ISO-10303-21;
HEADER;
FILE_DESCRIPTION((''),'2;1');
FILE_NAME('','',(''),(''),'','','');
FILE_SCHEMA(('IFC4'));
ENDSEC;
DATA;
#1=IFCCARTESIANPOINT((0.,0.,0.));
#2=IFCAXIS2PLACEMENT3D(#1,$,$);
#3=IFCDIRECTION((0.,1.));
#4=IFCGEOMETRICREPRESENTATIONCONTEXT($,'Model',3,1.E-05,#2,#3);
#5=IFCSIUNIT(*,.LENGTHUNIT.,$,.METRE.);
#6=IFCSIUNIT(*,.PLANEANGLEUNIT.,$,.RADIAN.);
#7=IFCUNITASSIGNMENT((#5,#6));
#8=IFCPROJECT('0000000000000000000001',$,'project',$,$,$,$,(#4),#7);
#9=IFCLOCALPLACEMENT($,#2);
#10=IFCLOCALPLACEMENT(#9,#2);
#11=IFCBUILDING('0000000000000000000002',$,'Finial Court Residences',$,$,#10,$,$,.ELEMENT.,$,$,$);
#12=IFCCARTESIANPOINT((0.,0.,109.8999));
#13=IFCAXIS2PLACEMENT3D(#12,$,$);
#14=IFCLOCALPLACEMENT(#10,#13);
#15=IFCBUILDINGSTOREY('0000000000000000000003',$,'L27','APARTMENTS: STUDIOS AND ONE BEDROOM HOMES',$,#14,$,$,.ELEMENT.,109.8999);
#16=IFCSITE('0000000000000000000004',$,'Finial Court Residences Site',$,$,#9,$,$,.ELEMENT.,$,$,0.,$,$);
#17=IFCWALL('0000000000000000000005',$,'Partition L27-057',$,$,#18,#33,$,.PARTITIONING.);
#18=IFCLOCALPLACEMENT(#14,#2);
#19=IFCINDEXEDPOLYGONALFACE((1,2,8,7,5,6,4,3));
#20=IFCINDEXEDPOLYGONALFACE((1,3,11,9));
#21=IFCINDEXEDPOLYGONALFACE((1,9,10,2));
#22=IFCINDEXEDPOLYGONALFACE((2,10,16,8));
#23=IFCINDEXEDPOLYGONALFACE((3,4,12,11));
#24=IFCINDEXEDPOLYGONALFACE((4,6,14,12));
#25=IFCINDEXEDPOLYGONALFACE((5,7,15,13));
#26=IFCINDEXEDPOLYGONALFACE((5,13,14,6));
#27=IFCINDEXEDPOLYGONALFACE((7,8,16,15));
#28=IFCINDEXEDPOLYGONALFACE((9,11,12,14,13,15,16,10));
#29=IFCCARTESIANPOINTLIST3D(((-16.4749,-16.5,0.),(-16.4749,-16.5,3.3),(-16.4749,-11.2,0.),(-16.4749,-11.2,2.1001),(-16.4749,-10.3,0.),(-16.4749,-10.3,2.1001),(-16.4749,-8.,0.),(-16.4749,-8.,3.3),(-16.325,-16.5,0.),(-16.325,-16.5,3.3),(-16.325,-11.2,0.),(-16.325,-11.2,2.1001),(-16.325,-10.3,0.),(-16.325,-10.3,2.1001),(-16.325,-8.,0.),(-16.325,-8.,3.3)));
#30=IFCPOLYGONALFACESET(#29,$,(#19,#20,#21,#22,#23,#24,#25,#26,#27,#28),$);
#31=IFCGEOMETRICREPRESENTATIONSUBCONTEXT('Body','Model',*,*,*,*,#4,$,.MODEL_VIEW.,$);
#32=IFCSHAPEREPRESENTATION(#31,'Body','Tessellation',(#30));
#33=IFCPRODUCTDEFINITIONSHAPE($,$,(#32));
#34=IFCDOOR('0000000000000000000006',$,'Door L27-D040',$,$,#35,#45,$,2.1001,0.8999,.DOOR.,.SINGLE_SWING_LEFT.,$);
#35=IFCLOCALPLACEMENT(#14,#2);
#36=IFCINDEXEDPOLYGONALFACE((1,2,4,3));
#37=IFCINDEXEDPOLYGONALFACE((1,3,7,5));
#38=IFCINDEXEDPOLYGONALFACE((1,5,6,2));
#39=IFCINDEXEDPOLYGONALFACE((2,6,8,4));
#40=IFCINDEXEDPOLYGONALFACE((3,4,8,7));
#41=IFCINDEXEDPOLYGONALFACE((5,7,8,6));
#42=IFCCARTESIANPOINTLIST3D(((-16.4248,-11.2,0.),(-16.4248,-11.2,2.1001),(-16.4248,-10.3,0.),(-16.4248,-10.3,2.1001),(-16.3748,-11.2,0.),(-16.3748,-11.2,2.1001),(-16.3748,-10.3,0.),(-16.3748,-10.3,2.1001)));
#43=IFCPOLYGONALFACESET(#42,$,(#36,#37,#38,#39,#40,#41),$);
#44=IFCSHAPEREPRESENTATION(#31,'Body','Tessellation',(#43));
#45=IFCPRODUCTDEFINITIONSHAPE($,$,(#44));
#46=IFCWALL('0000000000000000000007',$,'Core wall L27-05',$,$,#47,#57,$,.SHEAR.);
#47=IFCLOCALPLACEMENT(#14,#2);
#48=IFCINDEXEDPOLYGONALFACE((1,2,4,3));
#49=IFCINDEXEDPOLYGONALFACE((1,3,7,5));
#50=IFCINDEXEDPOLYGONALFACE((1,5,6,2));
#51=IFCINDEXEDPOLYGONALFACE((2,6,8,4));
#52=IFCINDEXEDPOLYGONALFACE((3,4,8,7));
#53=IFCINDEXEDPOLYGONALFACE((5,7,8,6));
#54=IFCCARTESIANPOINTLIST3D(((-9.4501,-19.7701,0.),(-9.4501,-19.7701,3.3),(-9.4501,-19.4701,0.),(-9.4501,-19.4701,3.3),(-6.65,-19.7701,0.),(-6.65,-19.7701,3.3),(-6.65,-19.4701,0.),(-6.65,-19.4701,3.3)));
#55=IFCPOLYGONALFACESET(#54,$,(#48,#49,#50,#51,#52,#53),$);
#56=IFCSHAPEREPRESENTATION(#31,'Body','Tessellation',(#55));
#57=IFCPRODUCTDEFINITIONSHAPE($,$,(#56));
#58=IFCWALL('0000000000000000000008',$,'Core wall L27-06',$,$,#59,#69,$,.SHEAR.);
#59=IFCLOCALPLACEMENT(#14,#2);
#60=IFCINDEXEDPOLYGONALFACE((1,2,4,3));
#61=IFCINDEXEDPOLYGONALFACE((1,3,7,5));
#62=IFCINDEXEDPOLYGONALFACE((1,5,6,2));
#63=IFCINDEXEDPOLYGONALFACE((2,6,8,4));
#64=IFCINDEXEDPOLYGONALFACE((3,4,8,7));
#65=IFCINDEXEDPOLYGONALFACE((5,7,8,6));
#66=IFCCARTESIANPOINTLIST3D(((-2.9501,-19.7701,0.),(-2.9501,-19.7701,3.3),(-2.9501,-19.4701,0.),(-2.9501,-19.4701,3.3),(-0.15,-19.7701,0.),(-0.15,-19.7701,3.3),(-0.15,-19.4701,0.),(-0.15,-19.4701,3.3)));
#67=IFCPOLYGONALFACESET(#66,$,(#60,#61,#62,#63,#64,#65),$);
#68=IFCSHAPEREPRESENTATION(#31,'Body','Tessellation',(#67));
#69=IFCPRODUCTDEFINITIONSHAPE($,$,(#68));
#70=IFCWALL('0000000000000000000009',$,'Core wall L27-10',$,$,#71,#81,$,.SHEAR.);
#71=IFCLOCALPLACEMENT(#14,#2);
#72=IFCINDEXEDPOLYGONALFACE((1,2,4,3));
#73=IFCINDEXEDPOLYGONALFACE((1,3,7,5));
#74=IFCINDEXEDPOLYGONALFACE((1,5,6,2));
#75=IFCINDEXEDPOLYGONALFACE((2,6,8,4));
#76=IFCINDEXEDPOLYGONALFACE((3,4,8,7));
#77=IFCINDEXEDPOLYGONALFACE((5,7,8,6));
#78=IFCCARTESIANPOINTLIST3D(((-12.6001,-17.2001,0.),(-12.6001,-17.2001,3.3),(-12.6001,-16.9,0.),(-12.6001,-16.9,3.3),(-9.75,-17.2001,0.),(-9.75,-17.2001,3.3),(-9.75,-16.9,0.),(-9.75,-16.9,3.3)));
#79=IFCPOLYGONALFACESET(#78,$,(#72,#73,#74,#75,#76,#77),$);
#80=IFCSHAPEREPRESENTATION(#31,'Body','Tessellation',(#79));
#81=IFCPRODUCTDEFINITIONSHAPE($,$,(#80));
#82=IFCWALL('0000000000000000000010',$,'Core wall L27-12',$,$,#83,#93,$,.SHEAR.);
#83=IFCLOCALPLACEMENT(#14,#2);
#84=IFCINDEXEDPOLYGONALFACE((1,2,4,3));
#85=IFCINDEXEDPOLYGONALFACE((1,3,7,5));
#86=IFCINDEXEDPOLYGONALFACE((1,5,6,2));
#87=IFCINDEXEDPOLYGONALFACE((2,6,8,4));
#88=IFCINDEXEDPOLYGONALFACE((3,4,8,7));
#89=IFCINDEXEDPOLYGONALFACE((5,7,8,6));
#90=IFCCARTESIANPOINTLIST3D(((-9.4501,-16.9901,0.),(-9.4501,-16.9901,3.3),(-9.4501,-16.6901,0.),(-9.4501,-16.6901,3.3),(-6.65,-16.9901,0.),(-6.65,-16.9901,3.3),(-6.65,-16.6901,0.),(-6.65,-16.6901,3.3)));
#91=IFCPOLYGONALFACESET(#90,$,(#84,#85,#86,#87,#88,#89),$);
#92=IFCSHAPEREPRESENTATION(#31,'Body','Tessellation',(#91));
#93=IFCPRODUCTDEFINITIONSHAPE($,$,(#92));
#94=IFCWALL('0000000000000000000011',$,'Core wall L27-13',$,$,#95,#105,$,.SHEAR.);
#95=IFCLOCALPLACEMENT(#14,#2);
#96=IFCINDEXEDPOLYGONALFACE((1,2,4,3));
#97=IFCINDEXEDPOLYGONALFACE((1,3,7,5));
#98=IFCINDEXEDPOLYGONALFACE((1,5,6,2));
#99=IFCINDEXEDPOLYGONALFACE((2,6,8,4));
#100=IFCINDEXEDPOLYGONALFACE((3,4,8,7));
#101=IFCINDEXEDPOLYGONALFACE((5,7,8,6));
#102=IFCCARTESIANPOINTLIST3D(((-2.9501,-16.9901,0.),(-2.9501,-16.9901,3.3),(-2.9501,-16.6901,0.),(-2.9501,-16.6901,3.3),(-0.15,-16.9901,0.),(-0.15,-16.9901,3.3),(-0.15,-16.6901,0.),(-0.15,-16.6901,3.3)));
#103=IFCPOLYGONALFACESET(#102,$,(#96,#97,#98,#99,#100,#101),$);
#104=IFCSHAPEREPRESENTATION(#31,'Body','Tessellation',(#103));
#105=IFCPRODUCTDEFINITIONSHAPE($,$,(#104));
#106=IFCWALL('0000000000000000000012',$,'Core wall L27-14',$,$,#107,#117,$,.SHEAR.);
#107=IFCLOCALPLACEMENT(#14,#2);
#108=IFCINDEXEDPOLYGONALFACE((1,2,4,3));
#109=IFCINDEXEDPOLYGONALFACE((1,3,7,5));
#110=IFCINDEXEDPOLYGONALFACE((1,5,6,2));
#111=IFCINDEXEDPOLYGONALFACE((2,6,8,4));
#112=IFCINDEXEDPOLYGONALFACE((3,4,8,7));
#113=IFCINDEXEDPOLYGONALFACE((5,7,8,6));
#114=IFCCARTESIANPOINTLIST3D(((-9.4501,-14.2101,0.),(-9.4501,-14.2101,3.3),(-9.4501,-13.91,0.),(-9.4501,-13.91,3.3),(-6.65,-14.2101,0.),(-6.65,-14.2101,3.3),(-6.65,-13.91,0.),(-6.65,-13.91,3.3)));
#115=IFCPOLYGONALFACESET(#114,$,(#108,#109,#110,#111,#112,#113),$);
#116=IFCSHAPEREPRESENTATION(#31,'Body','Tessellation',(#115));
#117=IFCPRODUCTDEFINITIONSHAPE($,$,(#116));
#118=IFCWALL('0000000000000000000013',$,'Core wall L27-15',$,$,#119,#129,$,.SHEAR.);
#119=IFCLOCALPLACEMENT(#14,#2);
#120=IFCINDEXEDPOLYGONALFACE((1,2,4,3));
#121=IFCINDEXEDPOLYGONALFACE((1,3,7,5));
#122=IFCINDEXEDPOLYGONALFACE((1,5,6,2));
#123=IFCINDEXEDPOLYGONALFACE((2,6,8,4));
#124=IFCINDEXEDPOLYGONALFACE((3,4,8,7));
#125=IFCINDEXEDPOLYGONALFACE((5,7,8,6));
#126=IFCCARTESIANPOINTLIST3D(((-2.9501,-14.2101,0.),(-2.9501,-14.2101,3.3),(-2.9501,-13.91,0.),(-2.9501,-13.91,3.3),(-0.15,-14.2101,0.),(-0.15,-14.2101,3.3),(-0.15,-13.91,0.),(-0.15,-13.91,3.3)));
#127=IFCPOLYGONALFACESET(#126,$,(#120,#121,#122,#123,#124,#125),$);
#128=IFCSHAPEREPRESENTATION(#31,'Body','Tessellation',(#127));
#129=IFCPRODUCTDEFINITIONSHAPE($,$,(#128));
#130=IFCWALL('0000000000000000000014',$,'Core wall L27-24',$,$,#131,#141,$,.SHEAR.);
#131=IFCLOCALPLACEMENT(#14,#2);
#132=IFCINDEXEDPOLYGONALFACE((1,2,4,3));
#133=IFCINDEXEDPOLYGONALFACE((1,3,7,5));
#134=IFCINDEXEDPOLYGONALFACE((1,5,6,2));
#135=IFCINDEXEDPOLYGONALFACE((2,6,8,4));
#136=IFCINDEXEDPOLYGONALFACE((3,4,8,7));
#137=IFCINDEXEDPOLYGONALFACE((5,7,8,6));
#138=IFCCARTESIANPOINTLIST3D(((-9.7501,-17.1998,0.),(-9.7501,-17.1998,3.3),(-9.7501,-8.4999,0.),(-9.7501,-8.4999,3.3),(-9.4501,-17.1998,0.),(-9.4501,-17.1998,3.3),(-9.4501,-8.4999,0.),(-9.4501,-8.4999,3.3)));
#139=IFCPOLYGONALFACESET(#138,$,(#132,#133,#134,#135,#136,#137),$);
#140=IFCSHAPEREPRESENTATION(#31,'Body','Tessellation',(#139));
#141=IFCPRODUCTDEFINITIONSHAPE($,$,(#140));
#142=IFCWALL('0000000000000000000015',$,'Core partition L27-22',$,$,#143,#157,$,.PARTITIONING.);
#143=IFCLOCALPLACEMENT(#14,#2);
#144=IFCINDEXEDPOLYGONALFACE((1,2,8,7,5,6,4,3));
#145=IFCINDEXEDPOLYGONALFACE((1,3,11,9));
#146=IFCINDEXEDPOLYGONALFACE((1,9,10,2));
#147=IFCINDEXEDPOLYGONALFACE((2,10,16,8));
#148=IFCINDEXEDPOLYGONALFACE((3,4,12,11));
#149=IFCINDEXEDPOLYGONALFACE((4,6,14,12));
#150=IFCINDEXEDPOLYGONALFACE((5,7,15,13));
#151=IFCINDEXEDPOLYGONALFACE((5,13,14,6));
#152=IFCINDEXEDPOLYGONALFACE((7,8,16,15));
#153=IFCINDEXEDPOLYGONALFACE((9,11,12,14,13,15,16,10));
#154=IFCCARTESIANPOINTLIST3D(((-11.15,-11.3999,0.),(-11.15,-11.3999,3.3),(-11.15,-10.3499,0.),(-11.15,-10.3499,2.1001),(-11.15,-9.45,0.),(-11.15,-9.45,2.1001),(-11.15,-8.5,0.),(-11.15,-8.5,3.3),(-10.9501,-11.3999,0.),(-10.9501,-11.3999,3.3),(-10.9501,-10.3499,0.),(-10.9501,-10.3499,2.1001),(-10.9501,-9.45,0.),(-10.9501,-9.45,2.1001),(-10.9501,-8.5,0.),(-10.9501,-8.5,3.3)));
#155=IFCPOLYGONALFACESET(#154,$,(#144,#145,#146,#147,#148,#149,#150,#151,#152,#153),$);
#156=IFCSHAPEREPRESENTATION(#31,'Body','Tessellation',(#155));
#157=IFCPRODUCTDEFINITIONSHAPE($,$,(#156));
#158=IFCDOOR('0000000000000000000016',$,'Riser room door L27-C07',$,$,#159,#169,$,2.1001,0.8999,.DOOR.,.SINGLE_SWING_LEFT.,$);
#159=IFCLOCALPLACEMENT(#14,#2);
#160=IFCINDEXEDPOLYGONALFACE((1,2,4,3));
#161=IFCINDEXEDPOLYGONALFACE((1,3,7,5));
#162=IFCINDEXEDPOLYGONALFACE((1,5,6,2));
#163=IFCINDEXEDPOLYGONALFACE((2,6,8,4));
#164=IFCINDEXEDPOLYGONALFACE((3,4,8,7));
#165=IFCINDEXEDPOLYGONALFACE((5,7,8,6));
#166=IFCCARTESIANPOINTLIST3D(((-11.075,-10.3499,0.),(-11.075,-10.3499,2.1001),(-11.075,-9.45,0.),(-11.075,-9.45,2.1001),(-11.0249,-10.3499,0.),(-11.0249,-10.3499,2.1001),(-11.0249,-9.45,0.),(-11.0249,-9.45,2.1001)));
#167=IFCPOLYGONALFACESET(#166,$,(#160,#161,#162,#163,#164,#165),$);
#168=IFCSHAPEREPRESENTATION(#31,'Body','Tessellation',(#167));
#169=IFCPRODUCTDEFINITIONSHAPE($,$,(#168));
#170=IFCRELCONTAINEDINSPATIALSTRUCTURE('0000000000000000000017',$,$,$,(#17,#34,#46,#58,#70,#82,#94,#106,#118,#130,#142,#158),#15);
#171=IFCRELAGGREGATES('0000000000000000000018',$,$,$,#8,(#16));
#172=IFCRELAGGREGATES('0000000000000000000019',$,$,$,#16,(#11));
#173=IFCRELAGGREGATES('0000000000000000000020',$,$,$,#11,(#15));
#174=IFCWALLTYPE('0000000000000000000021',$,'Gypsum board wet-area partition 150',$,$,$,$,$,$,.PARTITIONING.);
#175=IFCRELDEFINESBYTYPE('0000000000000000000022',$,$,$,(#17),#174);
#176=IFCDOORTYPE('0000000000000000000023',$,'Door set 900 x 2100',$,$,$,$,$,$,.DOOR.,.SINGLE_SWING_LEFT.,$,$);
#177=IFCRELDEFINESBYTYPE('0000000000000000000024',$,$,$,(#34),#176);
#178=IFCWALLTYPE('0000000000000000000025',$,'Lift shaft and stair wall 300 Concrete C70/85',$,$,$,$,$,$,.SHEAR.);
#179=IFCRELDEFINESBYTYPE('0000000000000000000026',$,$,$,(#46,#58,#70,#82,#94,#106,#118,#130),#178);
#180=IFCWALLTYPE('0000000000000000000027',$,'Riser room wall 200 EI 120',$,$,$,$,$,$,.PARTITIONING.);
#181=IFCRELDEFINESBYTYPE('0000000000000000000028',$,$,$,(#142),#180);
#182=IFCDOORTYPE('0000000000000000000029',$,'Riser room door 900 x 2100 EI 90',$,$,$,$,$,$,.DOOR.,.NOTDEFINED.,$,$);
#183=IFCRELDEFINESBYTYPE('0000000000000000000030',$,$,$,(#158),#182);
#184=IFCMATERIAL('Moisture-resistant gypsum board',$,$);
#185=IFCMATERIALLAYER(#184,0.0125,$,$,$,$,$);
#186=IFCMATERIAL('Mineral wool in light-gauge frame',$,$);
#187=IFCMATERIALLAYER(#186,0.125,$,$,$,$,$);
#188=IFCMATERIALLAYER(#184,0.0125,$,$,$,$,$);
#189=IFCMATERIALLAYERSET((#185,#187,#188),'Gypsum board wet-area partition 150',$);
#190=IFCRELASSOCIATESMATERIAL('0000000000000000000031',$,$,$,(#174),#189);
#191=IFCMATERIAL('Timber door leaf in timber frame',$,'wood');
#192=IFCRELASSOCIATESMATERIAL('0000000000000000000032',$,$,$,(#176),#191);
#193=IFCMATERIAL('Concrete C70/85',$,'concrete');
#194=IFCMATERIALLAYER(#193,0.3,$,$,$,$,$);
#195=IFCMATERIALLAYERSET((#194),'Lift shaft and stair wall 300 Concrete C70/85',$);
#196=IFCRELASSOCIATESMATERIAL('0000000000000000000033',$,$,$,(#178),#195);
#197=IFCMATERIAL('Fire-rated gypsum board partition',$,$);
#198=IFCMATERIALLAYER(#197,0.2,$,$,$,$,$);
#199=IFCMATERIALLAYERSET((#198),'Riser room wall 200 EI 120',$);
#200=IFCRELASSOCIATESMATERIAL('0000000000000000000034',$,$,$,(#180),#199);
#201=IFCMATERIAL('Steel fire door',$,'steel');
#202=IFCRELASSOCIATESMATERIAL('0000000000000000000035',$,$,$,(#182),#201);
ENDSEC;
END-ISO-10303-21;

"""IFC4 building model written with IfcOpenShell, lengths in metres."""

from ifc_helpers import new_model, si_unit, direction, frame, frame_2d, origin, place, context, subcontext, project, spatial, rectangle, extrude, material, layer, layer_set, type_object, element, fill, save


model = new_model("IFC4")

# Units and contexts
model_context = context("Model", 3, precision=1e-05, world=origin(), true_north=direction((0.0, 1.0)))
body_context = subcontext(model_context, "Body", "Model", "MODEL_VIEW")
ifc_project = project(units=[si_unit("LENGTHUNIT", "METRE"), si_unit("PLANEANGLEUNIT", "RADIAN")], contexts=[model_context])

# Site, building, storey
site_placement = place(None, origin())
site = spatial("IfcSite", under=ifc_project, at=site_placement, Name="Finial Court Residences Site", CompositionType="ELEMENT", RefElevation=0.0)
building_placement = place(site_placement, origin())
building = spatial("IfcBuilding", under=site, at=building_placement, Name="Finial Court Residences", CompositionType="ELEMENT")
storey_placement = place(building_placement, frame((0.0, 0.0, 109.8999)))
storey = spatial("IfcBuildingStorey", under=building, at=storey_placement, Name="L27", Description="APARTMENTS: STUDIOS AND ONE BEDROOM HOMES", CompositionType="ELEMENT", Elevation=109.8999)

# Wall, opening, door
ifc_material_1 = material(Name="Moisture-resistant gypsum board")
ifc_layer_1 = layer(ifc_material_1, 0.0125)
ifc_material_2 = material(Name="Mineral wool in light-gauge frame")
ifc_layer_2 = layer(ifc_material_2, 0.125)
ifc_layer_3 = layer(ifc_material_1, 0.0125)
ifc_layer_set_1 = layer_set([ifc_layer_1, ifc_layer_2, ifc_layer_3], Name="Gypsum board wet-area partition 150")
wall_type_1 = type_object("IfcWallType", Name="Gypsum board wet-area partition 150", PredefinedType="PARTITIONING", material=ifc_layer_set_1)
wall_1_placement = place(storey_placement, frame((-16.3999, -16.5, 0.0), z_axis=(0.0, 0.0, 1.0), x_axis=(0.0, 1.0, 0.0)))
wall_1 = element("IfcWall", 1, at=wall_1_placement, inside=storey, type_object=wall_type_1, Name="Partition L27-057", PredefinedType="PARTITIONING", context=body_context, shape_type="SweptSolid", body=[
    extrude(rectangle(XDim=8.5, YDim=0.1499, at=frame_2d((4.25, 0.0))), origin(), (0.0, 0.0, 1.0), 3.3),
])
opening_1_placement = place(wall_1_placement, frame((5.3, 0.0, 0.0)))
opening_1 = element("IfcOpeningElement", 2, at=opening_1_placement, cuts=wall_1, PredefinedType="OPENING", context=body_context, shape_type="SweptSolid", body=[
    extrude(rectangle(XDim=0.8999, YDim=2.1001, at=frame_2d((0.45, 1.05))), frame((0.0, 0.085, 0.0), z_axis=(0.0, -1.0, 0.0), x_axis=(1.0, 0.0, 0.0)), (0.0, 0.0, 1.0), 0.1699),
])
ifc_material_3 = material(Name="Timber door leaf in timber frame", Category="wood")
door_type_1 = type_object("IfcDoorType", Name="Door set 900 x 2100", OperationType="SINGLE_SWING_LEFT", PredefinedType="DOOR", material=ifc_material_3)
door_1_placement = place(opening_1_placement, origin())
door_1 = element("IfcDoor", 3, at=door_1_placement, inside=storey, type_object=door_type_1, Name="Door L27-D040", OperationType="SINGLE_SWING_LEFT", OverallHeight=2.1001, OverallWidth=0.8999, PredefinedType="DOOR", context=body_context, shape_type="SweptSolid", body=[
    extrude(rectangle(XDim=0.8999, YDim=2.1001, at=frame_2d((0.45, 1.05))), frame((0.0, 0.0249, 0.0), z_axis=(0.0, -1.0, 0.0), x_axis=(1.0, 0.0, 0.0)), (0.0, 0.0, 1.0), 0.05),
])
fill(opening_1, door_1)

# Walls
ifc_material_4 = material(Name="Concrete C70/85", Category="concrete")
ifc_layer_4 = layer(ifc_material_4, 0.3)
ifc_layer_set_2 = layer_set([ifc_layer_4], Name="Lift shaft and stair wall 300 Concrete C70/85")
wall_type_2 = type_object("IfcWallType", Name="Lift shaft and stair wall 300 Concrete C70/85", PredefinedType="SHEAR", material=ifc_layer_set_2)
for number, where, z_axis, x_axis, name in (
    (4, (-9.45, -19.6201, 0.0), (0.0, 0.0, 1.0), (1.0, 0.0, 0.0), "Core wall L27-05"),
    (5, (-2.95, -19.6201, 0.0), (0.0, 0.0, 1.0), (1.0, 0.0, 0.0), "Core wall L27-06"),
):
    element("IfcWall", number, at=place(storey_placement, frame(where, z_axis=z_axis, x_axis=x_axis)), inside=storey, type_object=wall_type_2, Name=name, PredefinedType="SHEAR", context=body_context, shape_type="SweptSolid", body=[
        extrude(rectangle(XDim=2.8, YDim=0.3, at=frame_2d((1.3999, 0.0))), origin(), (0.0, 0.0, 1.0), 3.3),
    ])
wall_2_placement = place(storey_placement, frame((-12.6001, -17.05, 0.0), z_axis=(0.0, 0.0, 1.0), x_axis=(1.0, 0.0, 0.0)))
element("IfcWall", 6, at=wall_2_placement, inside=storey, type_object=wall_type_2, Name="Core wall L27-10", PredefinedType="SHEAR", context=body_context, shape_type="SweptSolid", body=[
    extrude(rectangle(XDim=2.8501, YDim=0.3, at=frame_2d((1.425, 0.0))), origin(), (0.0, 0.0, 1.0), 3.3),
])
for number, where, z_axis, x_axis, name in (
    (7, (-9.45, -16.8401, 0.0), (0.0, 0.0, 1.0), (1.0, 0.0, 0.0), "Core wall L27-12"),
    (8, (-2.95, -16.8401, 0.0), (0.0, 0.0, 1.0), (1.0, 0.0, 0.0), "Core wall L27-13"),
    (9, (-9.45, -14.0601, 0.0), (0.0, 0.0, 1.0), (1.0, 0.0, 0.0), "Core wall L27-14"),
    (10, (-2.95, -14.0601, 0.0), (0.0, 0.0, 1.0), (1.0, 0.0, 0.0), "Core wall L27-15"),
):
    element("IfcWall", number, at=place(storey_placement, frame(where, z_axis=z_axis, x_axis=x_axis)), inside=storey, type_object=wall_type_2, Name=name, PredefinedType="SHEAR", context=body_context, shape_type="SweptSolid", body=[
        extrude(rectangle(XDim=2.8, YDim=0.3, at=frame_2d((1.3999, 0.0))), origin(), (0.0, 0.0, 1.0), 3.3),
    ])
wall_3_placement = place(storey_placement, frame((-9.6001, -17.2, 0.0), z_axis=(0.0, 0.0, 1.0), x_axis=(0.0, 1.0, 0.0)))
element("IfcWall", 11, at=wall_3_placement, inside=storey, type_object=wall_type_2, Name="Core wall L27-24", PredefinedType="SHEAR", context=body_context, shape_type="SweptSolid", body=[
    extrude(rectangle(XDim=8.7, YDim=0.3, at=frame_2d((4.3501, 0.0))), origin(), (0.0, 0.0, 1.0), 3.3),
])

# Wall, opening, door
ifc_material_5 = material(Name="Fire-rated gypsum board partition")
ifc_layer_5 = layer(ifc_material_5, 0.2)
ifc_layer_set_3 = layer_set([ifc_layer_5], Name="Riser room wall 200 EI 120")
wall_type_3 = type_object("IfcWallType", Name="Riser room wall 200 EI 120", PredefinedType="PARTITIONING", material=ifc_layer_set_3)
wall_4_placement = place(storey_placement, frame((-11.05, -11.3999, 0.0), z_axis=(0.0, 0.0, 1.0), x_axis=(0.0, 1.0, 0.0)))
wall_4 = element("IfcWall", 12, at=wall_4_placement, inside=storey, type_object=wall_type_3, Name="Core partition L27-22", PredefinedType="PARTITIONING", context=body_context, shape_type="SweptSolid", body=[
    extrude(rectangle(XDim=2.8999, YDim=0.2, at=frame_2d((1.45, 0.0))), origin(), (0.0, 0.0, 1.0), 3.3),
])
opening_2_placement = place(wall_4_placement, frame((1.05, 0.0, 0.0)))
opening_2 = element("IfcOpeningElement", 13, at=opening_2_placement, cuts=wall_4, PredefinedType="OPENING", context=body_context, shape_type="SweptSolid", body=[
    extrude(rectangle(XDim=0.8999, YDim=2.1001, at=frame_2d((0.45, 1.05))), frame((0.0, 0.1099, 0.0), z_axis=(0.0, -1.0, 0.0), x_axis=(1.0, 0.0, 0.0)), (0.0, 0.0, 1.0), 0.22),
])
ifc_material_6 = material(Name="Steel fire door", Category="steel")
door_type_2 = type_object("IfcDoorType", Name="Riser room door 900 x 2100 EI 90", OperationType="NOTDEFINED", PredefinedType="DOOR", material=ifc_material_6)
door_2_placement = place(opening_2_placement, origin())
door_2 = element("IfcDoor", 14, at=door_2_placement, inside=storey, type_object=door_type_2, Name="Riser room door L27-C07", OperationType="SINGLE_SWING_LEFT", OverallHeight=2.1001, OverallWidth=0.8999, PredefinedType="DOOR", context=body_context, shape_type="SweptSolid", body=[
    extrude(rectangle(XDim=0.8999, YDim=2.1001, at=frame_2d((0.45, 1.05))), frame((0.0, 0.0249, 0.0), z_axis=(0.0, -1.0, 0.0), x_axis=(1.0, 0.0, 0.0)), (0.0, 0.0, 1.0), 0.05),
])
fill(opening_2, door_2)

save(model, "model.ifc")
